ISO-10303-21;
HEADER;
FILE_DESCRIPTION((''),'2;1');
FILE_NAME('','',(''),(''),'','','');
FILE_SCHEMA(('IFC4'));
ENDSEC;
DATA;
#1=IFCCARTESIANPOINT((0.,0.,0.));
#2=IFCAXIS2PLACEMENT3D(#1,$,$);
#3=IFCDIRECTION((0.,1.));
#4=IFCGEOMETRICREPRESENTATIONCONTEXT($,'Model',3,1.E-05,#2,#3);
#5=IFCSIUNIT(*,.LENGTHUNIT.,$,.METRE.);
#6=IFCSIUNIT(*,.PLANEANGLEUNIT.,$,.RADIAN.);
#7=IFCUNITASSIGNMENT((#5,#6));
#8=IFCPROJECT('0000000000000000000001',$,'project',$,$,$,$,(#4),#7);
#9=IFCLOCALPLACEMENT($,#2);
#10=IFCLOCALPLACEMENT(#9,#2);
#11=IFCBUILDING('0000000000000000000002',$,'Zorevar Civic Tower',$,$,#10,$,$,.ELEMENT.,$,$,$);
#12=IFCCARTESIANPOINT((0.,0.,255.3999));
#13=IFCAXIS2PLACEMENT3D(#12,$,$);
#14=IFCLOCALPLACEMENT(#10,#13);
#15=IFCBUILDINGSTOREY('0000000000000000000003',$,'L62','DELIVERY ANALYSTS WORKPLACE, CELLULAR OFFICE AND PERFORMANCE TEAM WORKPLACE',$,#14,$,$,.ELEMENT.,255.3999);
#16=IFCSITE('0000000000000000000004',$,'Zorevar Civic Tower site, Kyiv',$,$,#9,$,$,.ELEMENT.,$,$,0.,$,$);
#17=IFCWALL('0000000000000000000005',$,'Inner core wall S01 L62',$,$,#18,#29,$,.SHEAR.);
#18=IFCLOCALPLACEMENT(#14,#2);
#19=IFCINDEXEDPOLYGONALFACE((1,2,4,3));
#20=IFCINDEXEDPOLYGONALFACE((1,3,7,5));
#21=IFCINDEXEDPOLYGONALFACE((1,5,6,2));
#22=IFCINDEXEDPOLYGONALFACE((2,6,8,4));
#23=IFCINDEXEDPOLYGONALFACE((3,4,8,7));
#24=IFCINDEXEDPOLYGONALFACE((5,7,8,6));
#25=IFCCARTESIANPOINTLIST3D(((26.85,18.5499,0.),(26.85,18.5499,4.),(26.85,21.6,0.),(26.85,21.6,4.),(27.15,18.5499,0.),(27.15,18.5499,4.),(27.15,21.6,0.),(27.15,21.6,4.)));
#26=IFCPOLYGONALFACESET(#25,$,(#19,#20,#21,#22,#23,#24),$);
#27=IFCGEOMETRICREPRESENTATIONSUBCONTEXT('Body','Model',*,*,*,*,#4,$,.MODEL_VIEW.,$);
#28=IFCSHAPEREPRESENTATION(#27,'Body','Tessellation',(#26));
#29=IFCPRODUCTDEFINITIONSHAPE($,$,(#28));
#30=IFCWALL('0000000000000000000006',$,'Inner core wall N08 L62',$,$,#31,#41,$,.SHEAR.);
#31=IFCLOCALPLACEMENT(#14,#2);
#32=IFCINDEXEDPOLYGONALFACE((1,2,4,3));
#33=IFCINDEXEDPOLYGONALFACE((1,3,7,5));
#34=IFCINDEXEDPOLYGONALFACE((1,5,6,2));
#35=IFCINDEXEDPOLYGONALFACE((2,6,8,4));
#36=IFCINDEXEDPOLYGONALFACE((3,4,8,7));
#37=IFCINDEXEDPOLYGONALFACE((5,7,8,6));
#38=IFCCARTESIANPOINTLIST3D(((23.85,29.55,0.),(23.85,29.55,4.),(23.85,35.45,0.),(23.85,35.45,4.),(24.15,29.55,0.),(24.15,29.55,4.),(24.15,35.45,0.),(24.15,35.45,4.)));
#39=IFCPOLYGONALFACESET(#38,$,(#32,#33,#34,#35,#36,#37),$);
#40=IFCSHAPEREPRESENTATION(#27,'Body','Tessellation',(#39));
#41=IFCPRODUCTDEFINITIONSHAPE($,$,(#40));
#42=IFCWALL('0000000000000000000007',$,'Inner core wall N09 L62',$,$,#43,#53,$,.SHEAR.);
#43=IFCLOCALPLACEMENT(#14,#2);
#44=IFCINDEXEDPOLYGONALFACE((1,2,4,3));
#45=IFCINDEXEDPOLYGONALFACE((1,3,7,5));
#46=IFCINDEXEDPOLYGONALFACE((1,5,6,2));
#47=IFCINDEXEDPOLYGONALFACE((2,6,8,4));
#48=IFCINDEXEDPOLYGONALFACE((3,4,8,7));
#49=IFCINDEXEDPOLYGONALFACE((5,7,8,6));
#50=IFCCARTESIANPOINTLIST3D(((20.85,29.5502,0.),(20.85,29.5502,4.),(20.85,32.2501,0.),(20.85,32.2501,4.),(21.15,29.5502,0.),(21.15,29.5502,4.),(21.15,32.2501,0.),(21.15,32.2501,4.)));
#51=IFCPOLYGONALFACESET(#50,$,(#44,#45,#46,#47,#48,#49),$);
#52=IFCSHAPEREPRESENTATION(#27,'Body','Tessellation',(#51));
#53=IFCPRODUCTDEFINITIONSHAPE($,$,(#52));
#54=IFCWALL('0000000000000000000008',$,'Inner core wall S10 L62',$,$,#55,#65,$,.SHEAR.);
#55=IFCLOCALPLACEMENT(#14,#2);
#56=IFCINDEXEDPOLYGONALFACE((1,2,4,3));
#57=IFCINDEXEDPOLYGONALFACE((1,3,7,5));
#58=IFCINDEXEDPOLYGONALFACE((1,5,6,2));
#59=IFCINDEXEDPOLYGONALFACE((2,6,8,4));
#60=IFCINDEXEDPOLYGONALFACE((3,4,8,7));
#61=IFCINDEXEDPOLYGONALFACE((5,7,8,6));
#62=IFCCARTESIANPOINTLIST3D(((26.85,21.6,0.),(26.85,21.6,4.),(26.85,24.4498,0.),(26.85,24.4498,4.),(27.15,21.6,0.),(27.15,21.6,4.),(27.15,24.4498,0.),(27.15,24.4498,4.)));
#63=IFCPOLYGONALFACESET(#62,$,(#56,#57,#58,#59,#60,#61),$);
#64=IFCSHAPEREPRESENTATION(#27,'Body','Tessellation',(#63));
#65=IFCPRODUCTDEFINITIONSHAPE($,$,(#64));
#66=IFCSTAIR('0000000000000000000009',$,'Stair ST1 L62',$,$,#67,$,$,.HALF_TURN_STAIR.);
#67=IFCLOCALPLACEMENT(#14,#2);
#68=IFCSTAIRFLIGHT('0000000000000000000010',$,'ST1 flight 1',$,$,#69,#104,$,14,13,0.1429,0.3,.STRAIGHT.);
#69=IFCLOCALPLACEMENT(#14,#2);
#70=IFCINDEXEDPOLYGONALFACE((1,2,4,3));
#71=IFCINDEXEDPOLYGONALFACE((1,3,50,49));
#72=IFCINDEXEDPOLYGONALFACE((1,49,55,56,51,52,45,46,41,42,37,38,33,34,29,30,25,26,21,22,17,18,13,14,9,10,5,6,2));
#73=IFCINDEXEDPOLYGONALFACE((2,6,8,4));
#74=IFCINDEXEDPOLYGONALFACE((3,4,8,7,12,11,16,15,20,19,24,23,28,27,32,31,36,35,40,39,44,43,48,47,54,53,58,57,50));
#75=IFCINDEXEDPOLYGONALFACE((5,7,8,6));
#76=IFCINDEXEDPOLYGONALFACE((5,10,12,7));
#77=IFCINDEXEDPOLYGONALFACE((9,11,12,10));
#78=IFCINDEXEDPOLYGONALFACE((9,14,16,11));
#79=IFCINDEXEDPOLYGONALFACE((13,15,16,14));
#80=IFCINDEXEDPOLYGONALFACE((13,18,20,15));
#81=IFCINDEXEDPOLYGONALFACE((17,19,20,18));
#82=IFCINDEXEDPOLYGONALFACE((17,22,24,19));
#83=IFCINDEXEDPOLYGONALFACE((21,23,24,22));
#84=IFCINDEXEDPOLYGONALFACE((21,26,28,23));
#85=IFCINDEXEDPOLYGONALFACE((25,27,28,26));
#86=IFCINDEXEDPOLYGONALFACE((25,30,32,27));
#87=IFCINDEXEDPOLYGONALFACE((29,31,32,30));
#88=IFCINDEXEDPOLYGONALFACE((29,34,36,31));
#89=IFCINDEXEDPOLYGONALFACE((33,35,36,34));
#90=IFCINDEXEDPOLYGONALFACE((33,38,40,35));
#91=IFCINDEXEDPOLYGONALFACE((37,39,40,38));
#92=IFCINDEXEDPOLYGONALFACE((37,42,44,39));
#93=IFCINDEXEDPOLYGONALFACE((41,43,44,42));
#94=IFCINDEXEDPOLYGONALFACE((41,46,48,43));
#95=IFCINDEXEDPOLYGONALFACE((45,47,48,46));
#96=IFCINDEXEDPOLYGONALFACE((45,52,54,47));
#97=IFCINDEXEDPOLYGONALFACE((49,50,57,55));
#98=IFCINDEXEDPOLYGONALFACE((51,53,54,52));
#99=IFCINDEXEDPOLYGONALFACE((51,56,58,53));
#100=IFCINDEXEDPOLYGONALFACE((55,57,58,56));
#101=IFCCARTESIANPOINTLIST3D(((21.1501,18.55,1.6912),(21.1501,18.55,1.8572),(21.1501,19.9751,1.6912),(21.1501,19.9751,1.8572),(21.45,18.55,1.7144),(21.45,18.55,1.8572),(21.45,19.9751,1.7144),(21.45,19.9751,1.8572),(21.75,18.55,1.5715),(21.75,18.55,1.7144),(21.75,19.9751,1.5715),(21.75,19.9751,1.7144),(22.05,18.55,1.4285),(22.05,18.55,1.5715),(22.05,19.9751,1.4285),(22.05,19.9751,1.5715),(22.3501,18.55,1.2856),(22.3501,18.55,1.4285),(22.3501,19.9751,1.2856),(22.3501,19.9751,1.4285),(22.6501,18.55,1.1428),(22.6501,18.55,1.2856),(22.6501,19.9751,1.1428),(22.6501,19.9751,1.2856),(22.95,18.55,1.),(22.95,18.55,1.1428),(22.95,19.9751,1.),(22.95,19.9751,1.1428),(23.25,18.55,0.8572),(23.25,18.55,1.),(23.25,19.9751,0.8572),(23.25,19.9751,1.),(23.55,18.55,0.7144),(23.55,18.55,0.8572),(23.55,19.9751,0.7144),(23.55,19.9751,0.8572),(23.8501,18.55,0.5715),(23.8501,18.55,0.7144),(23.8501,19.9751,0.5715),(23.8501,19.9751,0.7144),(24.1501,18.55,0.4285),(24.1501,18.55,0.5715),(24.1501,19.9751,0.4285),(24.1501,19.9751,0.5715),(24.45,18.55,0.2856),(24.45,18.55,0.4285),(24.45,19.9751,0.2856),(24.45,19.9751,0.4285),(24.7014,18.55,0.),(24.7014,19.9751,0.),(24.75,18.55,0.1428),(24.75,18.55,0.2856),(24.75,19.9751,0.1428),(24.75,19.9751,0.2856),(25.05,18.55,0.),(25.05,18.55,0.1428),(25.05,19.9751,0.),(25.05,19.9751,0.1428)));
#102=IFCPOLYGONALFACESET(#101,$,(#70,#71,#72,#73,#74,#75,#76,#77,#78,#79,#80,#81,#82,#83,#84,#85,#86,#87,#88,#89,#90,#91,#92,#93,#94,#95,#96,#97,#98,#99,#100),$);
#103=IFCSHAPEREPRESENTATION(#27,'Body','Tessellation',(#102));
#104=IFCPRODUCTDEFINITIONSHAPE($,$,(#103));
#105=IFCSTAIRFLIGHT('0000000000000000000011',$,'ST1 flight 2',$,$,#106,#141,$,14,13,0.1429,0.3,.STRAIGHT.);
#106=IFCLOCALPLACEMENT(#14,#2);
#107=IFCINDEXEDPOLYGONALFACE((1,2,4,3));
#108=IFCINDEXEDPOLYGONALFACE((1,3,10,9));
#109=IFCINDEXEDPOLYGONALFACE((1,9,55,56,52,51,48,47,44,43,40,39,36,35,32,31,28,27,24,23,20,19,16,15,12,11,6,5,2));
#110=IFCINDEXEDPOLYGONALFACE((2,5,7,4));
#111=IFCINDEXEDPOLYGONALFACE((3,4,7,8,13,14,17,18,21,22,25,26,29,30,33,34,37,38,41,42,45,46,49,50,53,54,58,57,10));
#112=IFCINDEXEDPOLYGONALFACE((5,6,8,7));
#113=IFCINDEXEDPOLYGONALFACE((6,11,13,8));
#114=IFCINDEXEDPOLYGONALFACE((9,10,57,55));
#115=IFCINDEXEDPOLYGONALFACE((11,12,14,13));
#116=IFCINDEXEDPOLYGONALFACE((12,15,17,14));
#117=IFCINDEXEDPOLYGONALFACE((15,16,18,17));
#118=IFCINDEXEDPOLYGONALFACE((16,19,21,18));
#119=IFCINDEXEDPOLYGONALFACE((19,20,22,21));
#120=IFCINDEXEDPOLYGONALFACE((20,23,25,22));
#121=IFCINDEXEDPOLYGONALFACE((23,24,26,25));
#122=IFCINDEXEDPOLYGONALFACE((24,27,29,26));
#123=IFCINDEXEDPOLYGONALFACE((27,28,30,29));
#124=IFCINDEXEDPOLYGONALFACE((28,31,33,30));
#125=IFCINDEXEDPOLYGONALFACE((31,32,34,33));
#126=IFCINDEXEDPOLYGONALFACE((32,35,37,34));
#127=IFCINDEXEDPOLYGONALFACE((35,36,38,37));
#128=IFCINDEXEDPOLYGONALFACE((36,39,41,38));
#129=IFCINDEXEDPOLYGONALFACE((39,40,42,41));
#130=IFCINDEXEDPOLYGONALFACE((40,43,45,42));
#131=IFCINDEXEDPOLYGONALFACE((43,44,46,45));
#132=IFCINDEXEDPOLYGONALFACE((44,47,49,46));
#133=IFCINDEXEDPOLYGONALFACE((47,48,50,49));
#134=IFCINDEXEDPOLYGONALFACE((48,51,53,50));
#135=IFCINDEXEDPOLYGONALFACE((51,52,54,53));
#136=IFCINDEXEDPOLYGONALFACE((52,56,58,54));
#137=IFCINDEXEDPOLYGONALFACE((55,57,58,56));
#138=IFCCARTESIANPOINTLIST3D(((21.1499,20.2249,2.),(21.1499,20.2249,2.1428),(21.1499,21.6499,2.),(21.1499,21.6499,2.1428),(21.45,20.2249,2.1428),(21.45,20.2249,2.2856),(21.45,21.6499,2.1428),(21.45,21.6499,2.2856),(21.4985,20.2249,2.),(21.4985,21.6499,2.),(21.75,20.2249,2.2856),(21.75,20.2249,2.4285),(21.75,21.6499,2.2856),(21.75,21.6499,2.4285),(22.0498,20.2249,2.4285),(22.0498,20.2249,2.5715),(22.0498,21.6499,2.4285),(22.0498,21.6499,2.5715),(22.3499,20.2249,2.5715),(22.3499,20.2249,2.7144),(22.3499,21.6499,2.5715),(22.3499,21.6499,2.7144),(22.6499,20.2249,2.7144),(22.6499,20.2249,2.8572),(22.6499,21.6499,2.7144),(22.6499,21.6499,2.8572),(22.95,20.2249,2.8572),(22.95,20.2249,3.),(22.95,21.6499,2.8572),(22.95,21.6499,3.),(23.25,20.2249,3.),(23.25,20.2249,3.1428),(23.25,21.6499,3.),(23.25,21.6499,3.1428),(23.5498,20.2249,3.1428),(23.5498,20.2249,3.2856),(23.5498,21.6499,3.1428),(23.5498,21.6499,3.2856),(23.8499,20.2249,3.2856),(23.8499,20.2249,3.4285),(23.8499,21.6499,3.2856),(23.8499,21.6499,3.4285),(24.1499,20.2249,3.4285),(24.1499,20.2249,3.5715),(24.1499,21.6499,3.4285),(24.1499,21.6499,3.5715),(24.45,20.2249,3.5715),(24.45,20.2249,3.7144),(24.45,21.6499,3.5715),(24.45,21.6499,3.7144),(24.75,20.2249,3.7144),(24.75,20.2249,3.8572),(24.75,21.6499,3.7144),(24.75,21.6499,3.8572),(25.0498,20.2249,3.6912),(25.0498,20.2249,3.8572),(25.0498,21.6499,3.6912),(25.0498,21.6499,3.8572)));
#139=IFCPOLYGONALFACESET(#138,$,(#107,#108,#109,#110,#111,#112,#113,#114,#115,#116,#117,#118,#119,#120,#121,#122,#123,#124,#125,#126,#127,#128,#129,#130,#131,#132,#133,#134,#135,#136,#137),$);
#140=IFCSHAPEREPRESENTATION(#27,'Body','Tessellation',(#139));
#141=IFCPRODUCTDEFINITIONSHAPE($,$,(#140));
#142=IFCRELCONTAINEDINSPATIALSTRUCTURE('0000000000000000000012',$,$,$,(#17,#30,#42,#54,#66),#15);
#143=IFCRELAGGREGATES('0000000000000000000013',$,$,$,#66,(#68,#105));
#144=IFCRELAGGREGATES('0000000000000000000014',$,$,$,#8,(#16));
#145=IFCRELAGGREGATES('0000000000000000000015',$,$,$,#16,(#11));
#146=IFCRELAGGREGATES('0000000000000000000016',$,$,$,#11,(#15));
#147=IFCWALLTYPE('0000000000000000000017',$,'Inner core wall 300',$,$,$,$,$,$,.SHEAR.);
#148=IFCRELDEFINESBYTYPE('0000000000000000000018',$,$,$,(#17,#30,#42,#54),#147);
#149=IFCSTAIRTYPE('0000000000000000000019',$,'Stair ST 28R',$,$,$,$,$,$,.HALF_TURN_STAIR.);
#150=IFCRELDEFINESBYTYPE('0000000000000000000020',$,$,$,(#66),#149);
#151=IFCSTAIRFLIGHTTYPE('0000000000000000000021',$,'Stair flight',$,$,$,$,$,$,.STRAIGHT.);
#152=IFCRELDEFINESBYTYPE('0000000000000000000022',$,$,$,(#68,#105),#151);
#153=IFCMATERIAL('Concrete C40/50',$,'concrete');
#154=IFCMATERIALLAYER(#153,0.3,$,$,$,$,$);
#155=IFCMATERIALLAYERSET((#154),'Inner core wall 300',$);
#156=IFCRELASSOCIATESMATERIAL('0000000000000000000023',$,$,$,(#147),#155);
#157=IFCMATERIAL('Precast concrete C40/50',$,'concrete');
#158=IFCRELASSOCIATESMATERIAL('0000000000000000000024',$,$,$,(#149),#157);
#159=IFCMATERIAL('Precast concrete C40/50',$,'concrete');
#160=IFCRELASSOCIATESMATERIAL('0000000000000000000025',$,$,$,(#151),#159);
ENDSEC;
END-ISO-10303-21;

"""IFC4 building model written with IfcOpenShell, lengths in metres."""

from ifc_helpers import new_model, si_unit, direction, frame, frame_2d, origin, place, context, subcontext, project, spatial, polyline, rectangle, outline, extrude, material, layer, layer_set, type_object, element, aggregate, save


model = new_model("IFC4")

# Units and contexts
model_context = context("Model", 3, precision=1e-05, world=origin(), true_north=direction((0.0, 1.0)))
body_context = subcontext(model_context, "Body", "Model", "MODEL_VIEW")
ifc_project = project(units=[si_unit("LENGTHUNIT", "METRE"), si_unit("PLANEANGLEUNIT", "RADIAN")], contexts=[model_context])

# Site, building, storey
site_placement = place(None, origin())
site = spatial("IfcSite", under=ifc_project, at=site_placement, Name="Zorevar Civic Tower site, Kyiv", CompositionType="ELEMENT", RefElevation=0.0)
building_placement = place(site_placement, origin())
building = spatial("IfcBuilding", under=site, at=building_placement, Name="Zorevar Civic Tower", CompositionType="ELEMENT")
storey_placement = place(building_placement, frame((0.0, 0.0, 255.3999)))
storey = spatial("IfcBuildingStorey", under=building, at=storey_placement, Name="L62", Description="DELIVERY ANALYSTS WORKPLACE, CELLULAR OFFICE AND PERFORMANCE TEAM WORKPLACE", CompositionType="ELEMENT", Elevation=255.3999)

# Wall
ifc_material_1 = material(Name="Concrete C40/50", Category="concrete")
ifc_layer = layer(ifc_material_1, 0.3)
ifc_layer_set = layer_set([ifc_layer], Name="Inner core wall 300")
wall_type = type_object("IfcWallType", Name="Inner core wall 300", PredefinedType="SHEAR", material=ifc_layer_set)
wall_1_placement = place(storey_placement, frame((27.0, 18.55, 0.0), z_axis=(0.0, 0.0, 1.0), x_axis=(0.0, 1.0, 0.0)))
element("IfcWall", 1, at=wall_1_placement, inside=storey, type_object=wall_type, Name="Inner core wall S01 L62", PredefinedType="SHEAR", context=body_context, shape_type="SweptSolid", body=[
    extrude(rectangle(XDim=3.05, YDim=0.3, at=frame_2d((1.5249, 0.0))), origin(), (0.0, 0.0, 1.0), 4.0),
])

# Walls
wall_2_placement = place(storey_placement, frame((24.0, 29.55, 0.0), z_axis=(0.0, 0.0, 1.0), x_axis=(0.0, 1.0, 0.0)))
element("IfcWall", 2, at=wall_2_placement, inside=storey, type_object=wall_type, Name="Inner core wall N08 L62", PredefinedType="SHEAR", context=body_context, shape_type="SweptSolid", body=[
    extrude(rectangle(XDim=5.8999, YDim=0.3, at=frame_2d((2.95, 0.0))), origin(), (0.0, 0.0, 1.0), 4.0),
])
wall_3_placement = place(storey_placement, frame((21.0, 29.55, 0.0), z_axis=(0.0, 0.0, 1.0), x_axis=(0.0, 1.0, 0.0)))
element("IfcWall", 3, at=wall_3_placement, inside=storey, type_object=wall_type, Name="Inner core wall N09 L62", PredefinedType="SHEAR", context=body_context, shape_type="SweptSolid", body=[
    extrude(rectangle(XDim=2.7, YDim=0.3, at=frame_2d((1.3501, 0.0))), origin(), (0.0, 0.0, 1.0), 4.0),
])
wall_4_placement = place(storey_placement, frame((27.0, 21.6001, 0.0), z_axis=(0.0, 0.0, 1.0), x_axis=(0.0, 1.0, 0.0)))
element("IfcWall", 4, at=wall_4_placement, inside=storey, type_object=wall_type, Name="Inner core wall S10 L62", PredefinedType="SHEAR", context=body_context, shape_type="SweptSolid", body=[
    extrude(rectangle(XDim=2.8499, YDim=0.3, at=frame_2d((1.4248, 0.0))), origin(), (0.0, 0.0, 1.0), 4.0),
])

# Stair, stair flights
ifc_material_2 = material(Name="Precast concrete C40/50", Category="concrete")
stair_type = type_object("IfcStairType", Name="Stair ST 28R", PredefinedType="HALF_TURN_STAIR", material=ifc_material_2)
stair_placement = place(storey_placement, origin())
stair = element("IfcStair", 5, at=stair_placement, inside=storey, type_object=stair_type, Name="Stair ST1 L62", PredefinedType="HALF_TURN_STAIR")
ifc_material_3 = material(Name="Precast concrete C40/50", Category="concrete")
stair_flight_type = type_object("IfcStairFlightType", Name="Stair flight", PredefinedType="STRAIGHT", material=ifc_material_3)
stair_flight_1_placement = place(storey_placement, frame((25.05, 19.2625, 0.0), z_axis=(0.0, 0.0, 1.0), x_axis=(-1.0, 0.0, 0.0)))
stair_flight_1 = element("IfcStairFlight", 6, at=stair_flight_1_placement, type_object=stair_flight_type, Name="ST1 flight 1", NumberOfRisers=14, NumberOfTreads=13, PredefinedType="STRAIGHT", RiserHeight=0.1429, TreadLength=0.3, context=body_context, shape_type="SweptSolid", body=[
    extrude(outline(polyline([(0.0, 0.0), (0.0, 0.1428), (0.3, 0.1428), (0.3, 0.2856), (0.6001, 0.2856), (0.6001, 0.4285), (0.8999, 0.4285), (0.8999, 0.5715), (1.2, 0.5715), (1.2, 0.7144), (1.5, 0.7144), (1.5, 0.8572), (1.8, 0.8572), (1.8, 1.0), (2.1001, 1.0), (2.1001, 1.1428), (2.3999, 1.1428), (2.3999, 1.2856), (2.7, 1.2856), (2.7, 1.4285), (3.0, 1.4285), (3.0, 1.5715), (3.3, 1.5715), (3.3, 1.7144), (3.6001, 1.7144), (3.6001, 1.8572), (3.8999, 1.8572), (3.8999, 2.0), (3.8999, 1.6912), (0.3486, 0.0), (0.0, 0.0)])), frame((0.0, 0.7124, 0.0), z_axis=(0.0, -1.0, 0.0), x_axis=(1.0, 0.0, 0.0)), (0.0, 0.0, 1.0), 1.425),
])
stair_flight_2_placement = place(storey_placement, frame((21.1499, 20.9375, 2.0), z_axis=(0.0, 0.0, 1.0), x_axis=(1.0, 0.0, 0.0)))
stair_flight_2 = element("IfcStairFlight", 7, at=stair_flight_2_placement, type_object=stair_flight_type, Name="ST1 flight 2", NumberOfRisers=14, NumberOfTreads=13, PredefinedType="STRAIGHT", RiserHeight=0.1429, TreadLength=0.3, context=body_context, shape_type="SweptSolid", body=[
    extrude(outline(polyline([(0.0, 0.0), (0.0, 0.1428), (0.3, 0.1428), (0.3, 0.2856), (0.6001, 0.2856), (0.6001, 0.4285), (0.8999, 0.4285), (0.8999, 0.5715), (1.2, 0.5715), (1.2, 0.7144), (1.5, 0.7144), (1.5, 0.8572), (1.8, 0.8572), (1.8, 1.0), (2.1001, 1.0), (2.1001, 1.1428), (2.3999, 1.1428), (2.3999, 1.2856), (2.7, 1.2856), (2.7, 1.4285), (3.0, 1.4285), (3.0, 1.5715), (3.3, 1.5715), (3.3, 1.7144), (3.6001, 1.7144), (3.6001, 1.8572), (3.8999, 1.8572), (3.8999, 2.0), (3.8999, 1.6912), (0.3486, 0.0), (0.0, 0.0)])), frame((0.0, 0.7124, 0.0), z_axis=(0.0, -1.0, 0.0), x_axis=(1.0, 0.0, 0.0)), (0.0, 0.0, 1.0), 1.425),
])
aggregate(stair, [stair_flight_1, stair_flight_2])

save(model, "model.ifc")
